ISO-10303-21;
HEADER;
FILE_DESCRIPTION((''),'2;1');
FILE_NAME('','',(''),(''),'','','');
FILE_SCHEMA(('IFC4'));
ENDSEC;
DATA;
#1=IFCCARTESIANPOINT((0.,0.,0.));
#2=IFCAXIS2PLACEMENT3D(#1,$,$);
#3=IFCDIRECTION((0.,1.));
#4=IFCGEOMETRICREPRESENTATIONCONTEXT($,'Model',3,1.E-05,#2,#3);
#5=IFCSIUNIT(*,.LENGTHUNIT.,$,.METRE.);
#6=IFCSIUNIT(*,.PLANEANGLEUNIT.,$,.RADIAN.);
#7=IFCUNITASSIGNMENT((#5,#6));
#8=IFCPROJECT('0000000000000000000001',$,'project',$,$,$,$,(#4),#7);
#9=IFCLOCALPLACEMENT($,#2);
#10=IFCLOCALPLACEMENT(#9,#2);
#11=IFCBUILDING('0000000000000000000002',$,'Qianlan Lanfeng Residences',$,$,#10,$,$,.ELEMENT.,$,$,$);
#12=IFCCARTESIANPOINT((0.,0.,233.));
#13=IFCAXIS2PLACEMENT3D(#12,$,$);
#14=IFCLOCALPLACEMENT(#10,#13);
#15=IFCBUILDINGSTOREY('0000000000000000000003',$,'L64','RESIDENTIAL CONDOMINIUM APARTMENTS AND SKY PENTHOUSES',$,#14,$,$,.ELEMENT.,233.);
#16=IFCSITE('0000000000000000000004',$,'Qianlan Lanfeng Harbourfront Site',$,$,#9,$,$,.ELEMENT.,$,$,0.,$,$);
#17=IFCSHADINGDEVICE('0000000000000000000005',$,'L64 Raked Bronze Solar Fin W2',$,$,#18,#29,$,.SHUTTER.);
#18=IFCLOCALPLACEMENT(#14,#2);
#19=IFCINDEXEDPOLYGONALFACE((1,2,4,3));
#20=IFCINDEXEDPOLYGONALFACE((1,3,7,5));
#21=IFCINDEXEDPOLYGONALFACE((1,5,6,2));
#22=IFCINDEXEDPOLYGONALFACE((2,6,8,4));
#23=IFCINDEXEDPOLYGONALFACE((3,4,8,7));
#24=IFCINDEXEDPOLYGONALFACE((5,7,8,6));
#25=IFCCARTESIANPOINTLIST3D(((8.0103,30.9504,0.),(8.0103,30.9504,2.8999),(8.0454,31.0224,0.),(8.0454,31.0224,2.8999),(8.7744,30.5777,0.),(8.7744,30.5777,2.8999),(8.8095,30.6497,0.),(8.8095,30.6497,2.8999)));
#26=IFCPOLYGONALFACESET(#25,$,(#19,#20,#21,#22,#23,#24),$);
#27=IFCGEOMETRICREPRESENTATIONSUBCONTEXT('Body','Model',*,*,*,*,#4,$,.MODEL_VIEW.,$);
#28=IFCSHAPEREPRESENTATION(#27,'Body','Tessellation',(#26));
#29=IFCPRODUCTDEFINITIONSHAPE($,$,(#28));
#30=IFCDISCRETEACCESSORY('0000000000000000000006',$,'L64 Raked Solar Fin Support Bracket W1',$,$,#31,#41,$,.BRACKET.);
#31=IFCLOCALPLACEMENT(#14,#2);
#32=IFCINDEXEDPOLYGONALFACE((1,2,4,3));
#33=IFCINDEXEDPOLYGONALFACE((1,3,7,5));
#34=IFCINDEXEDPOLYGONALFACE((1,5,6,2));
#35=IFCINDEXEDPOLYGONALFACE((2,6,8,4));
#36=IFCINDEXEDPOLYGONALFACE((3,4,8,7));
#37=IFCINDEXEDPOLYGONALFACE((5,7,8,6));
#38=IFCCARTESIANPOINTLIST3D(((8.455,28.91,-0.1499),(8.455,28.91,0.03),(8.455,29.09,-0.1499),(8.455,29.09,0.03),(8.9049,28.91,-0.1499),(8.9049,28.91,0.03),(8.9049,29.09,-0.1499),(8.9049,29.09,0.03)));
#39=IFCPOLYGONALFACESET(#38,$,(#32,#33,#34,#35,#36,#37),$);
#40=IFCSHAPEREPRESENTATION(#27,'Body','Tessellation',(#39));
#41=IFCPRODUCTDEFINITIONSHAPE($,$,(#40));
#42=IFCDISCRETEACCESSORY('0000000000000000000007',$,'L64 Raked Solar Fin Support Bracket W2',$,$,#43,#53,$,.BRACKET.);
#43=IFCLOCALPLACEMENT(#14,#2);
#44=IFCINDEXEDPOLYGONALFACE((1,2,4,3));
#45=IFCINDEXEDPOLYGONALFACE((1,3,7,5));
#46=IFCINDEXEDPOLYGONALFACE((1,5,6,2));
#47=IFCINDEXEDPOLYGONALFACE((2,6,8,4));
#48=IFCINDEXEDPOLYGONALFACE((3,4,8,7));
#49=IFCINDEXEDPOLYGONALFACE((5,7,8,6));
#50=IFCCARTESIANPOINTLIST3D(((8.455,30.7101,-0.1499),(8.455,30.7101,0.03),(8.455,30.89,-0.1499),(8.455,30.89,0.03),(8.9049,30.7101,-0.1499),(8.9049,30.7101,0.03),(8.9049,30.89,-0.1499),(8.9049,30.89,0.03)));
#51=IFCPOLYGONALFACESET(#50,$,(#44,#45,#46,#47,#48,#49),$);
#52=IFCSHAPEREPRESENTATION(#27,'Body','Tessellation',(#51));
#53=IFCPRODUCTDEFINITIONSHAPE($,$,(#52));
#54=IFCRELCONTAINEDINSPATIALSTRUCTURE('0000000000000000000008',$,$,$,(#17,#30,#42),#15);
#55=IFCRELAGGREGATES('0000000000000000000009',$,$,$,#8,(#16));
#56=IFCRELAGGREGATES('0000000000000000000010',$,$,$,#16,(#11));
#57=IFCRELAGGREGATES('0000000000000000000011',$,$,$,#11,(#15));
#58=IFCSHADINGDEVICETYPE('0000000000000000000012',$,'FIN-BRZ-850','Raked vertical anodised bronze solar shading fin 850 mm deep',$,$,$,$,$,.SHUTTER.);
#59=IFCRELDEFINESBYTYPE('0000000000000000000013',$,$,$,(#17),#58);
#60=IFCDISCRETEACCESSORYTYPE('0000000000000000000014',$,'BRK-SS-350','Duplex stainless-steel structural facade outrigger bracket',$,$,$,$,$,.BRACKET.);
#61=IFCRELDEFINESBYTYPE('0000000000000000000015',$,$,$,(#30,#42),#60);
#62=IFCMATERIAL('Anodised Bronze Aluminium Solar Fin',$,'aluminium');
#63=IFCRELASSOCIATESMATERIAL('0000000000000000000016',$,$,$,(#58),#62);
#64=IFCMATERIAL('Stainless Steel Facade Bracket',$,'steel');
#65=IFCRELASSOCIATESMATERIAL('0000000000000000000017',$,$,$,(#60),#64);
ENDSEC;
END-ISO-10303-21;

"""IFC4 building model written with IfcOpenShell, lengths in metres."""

from ifc_helpers import new_model, si_unit, direction, frame, origin, origin_2d, place, context, subcontext, project, spatial, rectangle, extrude, source, transform, mapped, material, type_object, element, save


model = new_model("IFC4")

# Units and contexts
model_context = context("Model", 3, precision=1e-05, world=origin(), true_north=direction((0.0, 1.0)))
body_context = subcontext(model_context, "Body", "Model", "MODEL_VIEW")
ifc_project = project(units=[si_unit("LENGTHUNIT", "METRE"), si_unit("PLANEANGLEUNIT", "RADIAN")], contexts=[model_context])

# Site, building, storey
site_placement = place(None, origin())
site = spatial("IfcSite", under=ifc_project, at=site_placement, Name="Qianlan Lanfeng Harbourfront Site", CompositionType="ELEMENT", RefElevation=0.0)
building_placement = place(site_placement, origin())
building = spatial("IfcBuilding", under=site, at=building_placement, Name="Qianlan Lanfeng Residences", CompositionType="ELEMENT")
storey_placement = place(building_placement, frame((0.0, 0.0, 233.0)))
storey = spatial("IfcBuildingStorey", under=building, at=storey_placement, Name="L64", Description="RESIDENTIAL CONDOMINIUM APARTMENTS AND SKY PENTHOUSES", CompositionType="ELEMENT", Elevation=233.0)

# Shading device
ifc_material_1 = material(Name="Anodised Bronze Aluminium Solar Fin", Category="aluminium")
shading_device_type = type_object("IfcShadingDeviceType", Name="FIN-BRZ-850", Description="Raked vertical anodised bronze solar shading fin 850 mm deep", PredefinedType="SHUTTER", material=ifc_material_1)
shared_shape_1 = source(origin(), body_context, "Body", "SweptSolid", [
    extrude(rectangle(XDim=0.8501, YDim=0.0801, at=origin_2d()), origin(), (0.0, 0.0, 1.0), 2.8999),
])
for number, where, z_axis, x_axis, name in (
    (1, (8.4099, 30.8, 0.0), (0.0, 0.0, 1.0), (0.898794, -0.438371, 0.0), "L64 Raked Bronze Solar Fin W2"),
):
    element("IfcShadingDevice", number, at=place(storey_placement, frame(where, z_axis=z_axis, x_axis=x_axis)), inside=storey, type_object=shading_device_type, Name=name, PredefinedType="SHUTTER", context=body_context, shape_type="MappedRepresentation", body=[
        mapped(shared_shape_1, transform((0.0, 0.0, 0.0), scale=1.0)),
    ])

# Discrete accessories
ifc_material_2 = material(Name="Stainless Steel Facade Bracket", Category="steel")
discrete_accessory_type = type_object("IfcDiscreteAccessoryType", Name="BRK-SS-350", Description="Duplex stainless-steel structural facade outrigger bracket", PredefinedType="BRACKET", material=ifc_material_2)
shared_shape_2 = source(origin(), body_context, "Body", "SweptSolid", [
    extrude(rectangle(XDim=0.45, YDim=0.1799, at=origin_2d()), origin(), (0.0, 0.0, 1.0), 0.1799),
])
for number, where, z_axis, x_axis, name in (
    (2, (8.6799, 29.0, -0.1499), (0.0, 0.0, 1.0), (1.0, 0.0, 0.0), "L64 Raked Solar Fin Support Bracket W1"),
    (3, (8.6799, 30.8, -0.1499), (0.0, 0.0, 1.0), (1.0, 0.0, 0.0), "L64 Raked Solar Fin Support Bracket W2"),
):
    element("IfcDiscreteAccessory", number, at=place(storey_placement, frame(where, z_axis=z_axis, x_axis=x_axis)), inside=storey, type_object=discrete_accessory_type, Name=name, PredefinedType="BRACKET", context=body_context, shape_type="MappedRepresentation", body=[
        mapped(shared_shape_2, transform((0.0, 0.0, 0.0), scale=1.0)),
    ])

save(model, "model.ifc")
